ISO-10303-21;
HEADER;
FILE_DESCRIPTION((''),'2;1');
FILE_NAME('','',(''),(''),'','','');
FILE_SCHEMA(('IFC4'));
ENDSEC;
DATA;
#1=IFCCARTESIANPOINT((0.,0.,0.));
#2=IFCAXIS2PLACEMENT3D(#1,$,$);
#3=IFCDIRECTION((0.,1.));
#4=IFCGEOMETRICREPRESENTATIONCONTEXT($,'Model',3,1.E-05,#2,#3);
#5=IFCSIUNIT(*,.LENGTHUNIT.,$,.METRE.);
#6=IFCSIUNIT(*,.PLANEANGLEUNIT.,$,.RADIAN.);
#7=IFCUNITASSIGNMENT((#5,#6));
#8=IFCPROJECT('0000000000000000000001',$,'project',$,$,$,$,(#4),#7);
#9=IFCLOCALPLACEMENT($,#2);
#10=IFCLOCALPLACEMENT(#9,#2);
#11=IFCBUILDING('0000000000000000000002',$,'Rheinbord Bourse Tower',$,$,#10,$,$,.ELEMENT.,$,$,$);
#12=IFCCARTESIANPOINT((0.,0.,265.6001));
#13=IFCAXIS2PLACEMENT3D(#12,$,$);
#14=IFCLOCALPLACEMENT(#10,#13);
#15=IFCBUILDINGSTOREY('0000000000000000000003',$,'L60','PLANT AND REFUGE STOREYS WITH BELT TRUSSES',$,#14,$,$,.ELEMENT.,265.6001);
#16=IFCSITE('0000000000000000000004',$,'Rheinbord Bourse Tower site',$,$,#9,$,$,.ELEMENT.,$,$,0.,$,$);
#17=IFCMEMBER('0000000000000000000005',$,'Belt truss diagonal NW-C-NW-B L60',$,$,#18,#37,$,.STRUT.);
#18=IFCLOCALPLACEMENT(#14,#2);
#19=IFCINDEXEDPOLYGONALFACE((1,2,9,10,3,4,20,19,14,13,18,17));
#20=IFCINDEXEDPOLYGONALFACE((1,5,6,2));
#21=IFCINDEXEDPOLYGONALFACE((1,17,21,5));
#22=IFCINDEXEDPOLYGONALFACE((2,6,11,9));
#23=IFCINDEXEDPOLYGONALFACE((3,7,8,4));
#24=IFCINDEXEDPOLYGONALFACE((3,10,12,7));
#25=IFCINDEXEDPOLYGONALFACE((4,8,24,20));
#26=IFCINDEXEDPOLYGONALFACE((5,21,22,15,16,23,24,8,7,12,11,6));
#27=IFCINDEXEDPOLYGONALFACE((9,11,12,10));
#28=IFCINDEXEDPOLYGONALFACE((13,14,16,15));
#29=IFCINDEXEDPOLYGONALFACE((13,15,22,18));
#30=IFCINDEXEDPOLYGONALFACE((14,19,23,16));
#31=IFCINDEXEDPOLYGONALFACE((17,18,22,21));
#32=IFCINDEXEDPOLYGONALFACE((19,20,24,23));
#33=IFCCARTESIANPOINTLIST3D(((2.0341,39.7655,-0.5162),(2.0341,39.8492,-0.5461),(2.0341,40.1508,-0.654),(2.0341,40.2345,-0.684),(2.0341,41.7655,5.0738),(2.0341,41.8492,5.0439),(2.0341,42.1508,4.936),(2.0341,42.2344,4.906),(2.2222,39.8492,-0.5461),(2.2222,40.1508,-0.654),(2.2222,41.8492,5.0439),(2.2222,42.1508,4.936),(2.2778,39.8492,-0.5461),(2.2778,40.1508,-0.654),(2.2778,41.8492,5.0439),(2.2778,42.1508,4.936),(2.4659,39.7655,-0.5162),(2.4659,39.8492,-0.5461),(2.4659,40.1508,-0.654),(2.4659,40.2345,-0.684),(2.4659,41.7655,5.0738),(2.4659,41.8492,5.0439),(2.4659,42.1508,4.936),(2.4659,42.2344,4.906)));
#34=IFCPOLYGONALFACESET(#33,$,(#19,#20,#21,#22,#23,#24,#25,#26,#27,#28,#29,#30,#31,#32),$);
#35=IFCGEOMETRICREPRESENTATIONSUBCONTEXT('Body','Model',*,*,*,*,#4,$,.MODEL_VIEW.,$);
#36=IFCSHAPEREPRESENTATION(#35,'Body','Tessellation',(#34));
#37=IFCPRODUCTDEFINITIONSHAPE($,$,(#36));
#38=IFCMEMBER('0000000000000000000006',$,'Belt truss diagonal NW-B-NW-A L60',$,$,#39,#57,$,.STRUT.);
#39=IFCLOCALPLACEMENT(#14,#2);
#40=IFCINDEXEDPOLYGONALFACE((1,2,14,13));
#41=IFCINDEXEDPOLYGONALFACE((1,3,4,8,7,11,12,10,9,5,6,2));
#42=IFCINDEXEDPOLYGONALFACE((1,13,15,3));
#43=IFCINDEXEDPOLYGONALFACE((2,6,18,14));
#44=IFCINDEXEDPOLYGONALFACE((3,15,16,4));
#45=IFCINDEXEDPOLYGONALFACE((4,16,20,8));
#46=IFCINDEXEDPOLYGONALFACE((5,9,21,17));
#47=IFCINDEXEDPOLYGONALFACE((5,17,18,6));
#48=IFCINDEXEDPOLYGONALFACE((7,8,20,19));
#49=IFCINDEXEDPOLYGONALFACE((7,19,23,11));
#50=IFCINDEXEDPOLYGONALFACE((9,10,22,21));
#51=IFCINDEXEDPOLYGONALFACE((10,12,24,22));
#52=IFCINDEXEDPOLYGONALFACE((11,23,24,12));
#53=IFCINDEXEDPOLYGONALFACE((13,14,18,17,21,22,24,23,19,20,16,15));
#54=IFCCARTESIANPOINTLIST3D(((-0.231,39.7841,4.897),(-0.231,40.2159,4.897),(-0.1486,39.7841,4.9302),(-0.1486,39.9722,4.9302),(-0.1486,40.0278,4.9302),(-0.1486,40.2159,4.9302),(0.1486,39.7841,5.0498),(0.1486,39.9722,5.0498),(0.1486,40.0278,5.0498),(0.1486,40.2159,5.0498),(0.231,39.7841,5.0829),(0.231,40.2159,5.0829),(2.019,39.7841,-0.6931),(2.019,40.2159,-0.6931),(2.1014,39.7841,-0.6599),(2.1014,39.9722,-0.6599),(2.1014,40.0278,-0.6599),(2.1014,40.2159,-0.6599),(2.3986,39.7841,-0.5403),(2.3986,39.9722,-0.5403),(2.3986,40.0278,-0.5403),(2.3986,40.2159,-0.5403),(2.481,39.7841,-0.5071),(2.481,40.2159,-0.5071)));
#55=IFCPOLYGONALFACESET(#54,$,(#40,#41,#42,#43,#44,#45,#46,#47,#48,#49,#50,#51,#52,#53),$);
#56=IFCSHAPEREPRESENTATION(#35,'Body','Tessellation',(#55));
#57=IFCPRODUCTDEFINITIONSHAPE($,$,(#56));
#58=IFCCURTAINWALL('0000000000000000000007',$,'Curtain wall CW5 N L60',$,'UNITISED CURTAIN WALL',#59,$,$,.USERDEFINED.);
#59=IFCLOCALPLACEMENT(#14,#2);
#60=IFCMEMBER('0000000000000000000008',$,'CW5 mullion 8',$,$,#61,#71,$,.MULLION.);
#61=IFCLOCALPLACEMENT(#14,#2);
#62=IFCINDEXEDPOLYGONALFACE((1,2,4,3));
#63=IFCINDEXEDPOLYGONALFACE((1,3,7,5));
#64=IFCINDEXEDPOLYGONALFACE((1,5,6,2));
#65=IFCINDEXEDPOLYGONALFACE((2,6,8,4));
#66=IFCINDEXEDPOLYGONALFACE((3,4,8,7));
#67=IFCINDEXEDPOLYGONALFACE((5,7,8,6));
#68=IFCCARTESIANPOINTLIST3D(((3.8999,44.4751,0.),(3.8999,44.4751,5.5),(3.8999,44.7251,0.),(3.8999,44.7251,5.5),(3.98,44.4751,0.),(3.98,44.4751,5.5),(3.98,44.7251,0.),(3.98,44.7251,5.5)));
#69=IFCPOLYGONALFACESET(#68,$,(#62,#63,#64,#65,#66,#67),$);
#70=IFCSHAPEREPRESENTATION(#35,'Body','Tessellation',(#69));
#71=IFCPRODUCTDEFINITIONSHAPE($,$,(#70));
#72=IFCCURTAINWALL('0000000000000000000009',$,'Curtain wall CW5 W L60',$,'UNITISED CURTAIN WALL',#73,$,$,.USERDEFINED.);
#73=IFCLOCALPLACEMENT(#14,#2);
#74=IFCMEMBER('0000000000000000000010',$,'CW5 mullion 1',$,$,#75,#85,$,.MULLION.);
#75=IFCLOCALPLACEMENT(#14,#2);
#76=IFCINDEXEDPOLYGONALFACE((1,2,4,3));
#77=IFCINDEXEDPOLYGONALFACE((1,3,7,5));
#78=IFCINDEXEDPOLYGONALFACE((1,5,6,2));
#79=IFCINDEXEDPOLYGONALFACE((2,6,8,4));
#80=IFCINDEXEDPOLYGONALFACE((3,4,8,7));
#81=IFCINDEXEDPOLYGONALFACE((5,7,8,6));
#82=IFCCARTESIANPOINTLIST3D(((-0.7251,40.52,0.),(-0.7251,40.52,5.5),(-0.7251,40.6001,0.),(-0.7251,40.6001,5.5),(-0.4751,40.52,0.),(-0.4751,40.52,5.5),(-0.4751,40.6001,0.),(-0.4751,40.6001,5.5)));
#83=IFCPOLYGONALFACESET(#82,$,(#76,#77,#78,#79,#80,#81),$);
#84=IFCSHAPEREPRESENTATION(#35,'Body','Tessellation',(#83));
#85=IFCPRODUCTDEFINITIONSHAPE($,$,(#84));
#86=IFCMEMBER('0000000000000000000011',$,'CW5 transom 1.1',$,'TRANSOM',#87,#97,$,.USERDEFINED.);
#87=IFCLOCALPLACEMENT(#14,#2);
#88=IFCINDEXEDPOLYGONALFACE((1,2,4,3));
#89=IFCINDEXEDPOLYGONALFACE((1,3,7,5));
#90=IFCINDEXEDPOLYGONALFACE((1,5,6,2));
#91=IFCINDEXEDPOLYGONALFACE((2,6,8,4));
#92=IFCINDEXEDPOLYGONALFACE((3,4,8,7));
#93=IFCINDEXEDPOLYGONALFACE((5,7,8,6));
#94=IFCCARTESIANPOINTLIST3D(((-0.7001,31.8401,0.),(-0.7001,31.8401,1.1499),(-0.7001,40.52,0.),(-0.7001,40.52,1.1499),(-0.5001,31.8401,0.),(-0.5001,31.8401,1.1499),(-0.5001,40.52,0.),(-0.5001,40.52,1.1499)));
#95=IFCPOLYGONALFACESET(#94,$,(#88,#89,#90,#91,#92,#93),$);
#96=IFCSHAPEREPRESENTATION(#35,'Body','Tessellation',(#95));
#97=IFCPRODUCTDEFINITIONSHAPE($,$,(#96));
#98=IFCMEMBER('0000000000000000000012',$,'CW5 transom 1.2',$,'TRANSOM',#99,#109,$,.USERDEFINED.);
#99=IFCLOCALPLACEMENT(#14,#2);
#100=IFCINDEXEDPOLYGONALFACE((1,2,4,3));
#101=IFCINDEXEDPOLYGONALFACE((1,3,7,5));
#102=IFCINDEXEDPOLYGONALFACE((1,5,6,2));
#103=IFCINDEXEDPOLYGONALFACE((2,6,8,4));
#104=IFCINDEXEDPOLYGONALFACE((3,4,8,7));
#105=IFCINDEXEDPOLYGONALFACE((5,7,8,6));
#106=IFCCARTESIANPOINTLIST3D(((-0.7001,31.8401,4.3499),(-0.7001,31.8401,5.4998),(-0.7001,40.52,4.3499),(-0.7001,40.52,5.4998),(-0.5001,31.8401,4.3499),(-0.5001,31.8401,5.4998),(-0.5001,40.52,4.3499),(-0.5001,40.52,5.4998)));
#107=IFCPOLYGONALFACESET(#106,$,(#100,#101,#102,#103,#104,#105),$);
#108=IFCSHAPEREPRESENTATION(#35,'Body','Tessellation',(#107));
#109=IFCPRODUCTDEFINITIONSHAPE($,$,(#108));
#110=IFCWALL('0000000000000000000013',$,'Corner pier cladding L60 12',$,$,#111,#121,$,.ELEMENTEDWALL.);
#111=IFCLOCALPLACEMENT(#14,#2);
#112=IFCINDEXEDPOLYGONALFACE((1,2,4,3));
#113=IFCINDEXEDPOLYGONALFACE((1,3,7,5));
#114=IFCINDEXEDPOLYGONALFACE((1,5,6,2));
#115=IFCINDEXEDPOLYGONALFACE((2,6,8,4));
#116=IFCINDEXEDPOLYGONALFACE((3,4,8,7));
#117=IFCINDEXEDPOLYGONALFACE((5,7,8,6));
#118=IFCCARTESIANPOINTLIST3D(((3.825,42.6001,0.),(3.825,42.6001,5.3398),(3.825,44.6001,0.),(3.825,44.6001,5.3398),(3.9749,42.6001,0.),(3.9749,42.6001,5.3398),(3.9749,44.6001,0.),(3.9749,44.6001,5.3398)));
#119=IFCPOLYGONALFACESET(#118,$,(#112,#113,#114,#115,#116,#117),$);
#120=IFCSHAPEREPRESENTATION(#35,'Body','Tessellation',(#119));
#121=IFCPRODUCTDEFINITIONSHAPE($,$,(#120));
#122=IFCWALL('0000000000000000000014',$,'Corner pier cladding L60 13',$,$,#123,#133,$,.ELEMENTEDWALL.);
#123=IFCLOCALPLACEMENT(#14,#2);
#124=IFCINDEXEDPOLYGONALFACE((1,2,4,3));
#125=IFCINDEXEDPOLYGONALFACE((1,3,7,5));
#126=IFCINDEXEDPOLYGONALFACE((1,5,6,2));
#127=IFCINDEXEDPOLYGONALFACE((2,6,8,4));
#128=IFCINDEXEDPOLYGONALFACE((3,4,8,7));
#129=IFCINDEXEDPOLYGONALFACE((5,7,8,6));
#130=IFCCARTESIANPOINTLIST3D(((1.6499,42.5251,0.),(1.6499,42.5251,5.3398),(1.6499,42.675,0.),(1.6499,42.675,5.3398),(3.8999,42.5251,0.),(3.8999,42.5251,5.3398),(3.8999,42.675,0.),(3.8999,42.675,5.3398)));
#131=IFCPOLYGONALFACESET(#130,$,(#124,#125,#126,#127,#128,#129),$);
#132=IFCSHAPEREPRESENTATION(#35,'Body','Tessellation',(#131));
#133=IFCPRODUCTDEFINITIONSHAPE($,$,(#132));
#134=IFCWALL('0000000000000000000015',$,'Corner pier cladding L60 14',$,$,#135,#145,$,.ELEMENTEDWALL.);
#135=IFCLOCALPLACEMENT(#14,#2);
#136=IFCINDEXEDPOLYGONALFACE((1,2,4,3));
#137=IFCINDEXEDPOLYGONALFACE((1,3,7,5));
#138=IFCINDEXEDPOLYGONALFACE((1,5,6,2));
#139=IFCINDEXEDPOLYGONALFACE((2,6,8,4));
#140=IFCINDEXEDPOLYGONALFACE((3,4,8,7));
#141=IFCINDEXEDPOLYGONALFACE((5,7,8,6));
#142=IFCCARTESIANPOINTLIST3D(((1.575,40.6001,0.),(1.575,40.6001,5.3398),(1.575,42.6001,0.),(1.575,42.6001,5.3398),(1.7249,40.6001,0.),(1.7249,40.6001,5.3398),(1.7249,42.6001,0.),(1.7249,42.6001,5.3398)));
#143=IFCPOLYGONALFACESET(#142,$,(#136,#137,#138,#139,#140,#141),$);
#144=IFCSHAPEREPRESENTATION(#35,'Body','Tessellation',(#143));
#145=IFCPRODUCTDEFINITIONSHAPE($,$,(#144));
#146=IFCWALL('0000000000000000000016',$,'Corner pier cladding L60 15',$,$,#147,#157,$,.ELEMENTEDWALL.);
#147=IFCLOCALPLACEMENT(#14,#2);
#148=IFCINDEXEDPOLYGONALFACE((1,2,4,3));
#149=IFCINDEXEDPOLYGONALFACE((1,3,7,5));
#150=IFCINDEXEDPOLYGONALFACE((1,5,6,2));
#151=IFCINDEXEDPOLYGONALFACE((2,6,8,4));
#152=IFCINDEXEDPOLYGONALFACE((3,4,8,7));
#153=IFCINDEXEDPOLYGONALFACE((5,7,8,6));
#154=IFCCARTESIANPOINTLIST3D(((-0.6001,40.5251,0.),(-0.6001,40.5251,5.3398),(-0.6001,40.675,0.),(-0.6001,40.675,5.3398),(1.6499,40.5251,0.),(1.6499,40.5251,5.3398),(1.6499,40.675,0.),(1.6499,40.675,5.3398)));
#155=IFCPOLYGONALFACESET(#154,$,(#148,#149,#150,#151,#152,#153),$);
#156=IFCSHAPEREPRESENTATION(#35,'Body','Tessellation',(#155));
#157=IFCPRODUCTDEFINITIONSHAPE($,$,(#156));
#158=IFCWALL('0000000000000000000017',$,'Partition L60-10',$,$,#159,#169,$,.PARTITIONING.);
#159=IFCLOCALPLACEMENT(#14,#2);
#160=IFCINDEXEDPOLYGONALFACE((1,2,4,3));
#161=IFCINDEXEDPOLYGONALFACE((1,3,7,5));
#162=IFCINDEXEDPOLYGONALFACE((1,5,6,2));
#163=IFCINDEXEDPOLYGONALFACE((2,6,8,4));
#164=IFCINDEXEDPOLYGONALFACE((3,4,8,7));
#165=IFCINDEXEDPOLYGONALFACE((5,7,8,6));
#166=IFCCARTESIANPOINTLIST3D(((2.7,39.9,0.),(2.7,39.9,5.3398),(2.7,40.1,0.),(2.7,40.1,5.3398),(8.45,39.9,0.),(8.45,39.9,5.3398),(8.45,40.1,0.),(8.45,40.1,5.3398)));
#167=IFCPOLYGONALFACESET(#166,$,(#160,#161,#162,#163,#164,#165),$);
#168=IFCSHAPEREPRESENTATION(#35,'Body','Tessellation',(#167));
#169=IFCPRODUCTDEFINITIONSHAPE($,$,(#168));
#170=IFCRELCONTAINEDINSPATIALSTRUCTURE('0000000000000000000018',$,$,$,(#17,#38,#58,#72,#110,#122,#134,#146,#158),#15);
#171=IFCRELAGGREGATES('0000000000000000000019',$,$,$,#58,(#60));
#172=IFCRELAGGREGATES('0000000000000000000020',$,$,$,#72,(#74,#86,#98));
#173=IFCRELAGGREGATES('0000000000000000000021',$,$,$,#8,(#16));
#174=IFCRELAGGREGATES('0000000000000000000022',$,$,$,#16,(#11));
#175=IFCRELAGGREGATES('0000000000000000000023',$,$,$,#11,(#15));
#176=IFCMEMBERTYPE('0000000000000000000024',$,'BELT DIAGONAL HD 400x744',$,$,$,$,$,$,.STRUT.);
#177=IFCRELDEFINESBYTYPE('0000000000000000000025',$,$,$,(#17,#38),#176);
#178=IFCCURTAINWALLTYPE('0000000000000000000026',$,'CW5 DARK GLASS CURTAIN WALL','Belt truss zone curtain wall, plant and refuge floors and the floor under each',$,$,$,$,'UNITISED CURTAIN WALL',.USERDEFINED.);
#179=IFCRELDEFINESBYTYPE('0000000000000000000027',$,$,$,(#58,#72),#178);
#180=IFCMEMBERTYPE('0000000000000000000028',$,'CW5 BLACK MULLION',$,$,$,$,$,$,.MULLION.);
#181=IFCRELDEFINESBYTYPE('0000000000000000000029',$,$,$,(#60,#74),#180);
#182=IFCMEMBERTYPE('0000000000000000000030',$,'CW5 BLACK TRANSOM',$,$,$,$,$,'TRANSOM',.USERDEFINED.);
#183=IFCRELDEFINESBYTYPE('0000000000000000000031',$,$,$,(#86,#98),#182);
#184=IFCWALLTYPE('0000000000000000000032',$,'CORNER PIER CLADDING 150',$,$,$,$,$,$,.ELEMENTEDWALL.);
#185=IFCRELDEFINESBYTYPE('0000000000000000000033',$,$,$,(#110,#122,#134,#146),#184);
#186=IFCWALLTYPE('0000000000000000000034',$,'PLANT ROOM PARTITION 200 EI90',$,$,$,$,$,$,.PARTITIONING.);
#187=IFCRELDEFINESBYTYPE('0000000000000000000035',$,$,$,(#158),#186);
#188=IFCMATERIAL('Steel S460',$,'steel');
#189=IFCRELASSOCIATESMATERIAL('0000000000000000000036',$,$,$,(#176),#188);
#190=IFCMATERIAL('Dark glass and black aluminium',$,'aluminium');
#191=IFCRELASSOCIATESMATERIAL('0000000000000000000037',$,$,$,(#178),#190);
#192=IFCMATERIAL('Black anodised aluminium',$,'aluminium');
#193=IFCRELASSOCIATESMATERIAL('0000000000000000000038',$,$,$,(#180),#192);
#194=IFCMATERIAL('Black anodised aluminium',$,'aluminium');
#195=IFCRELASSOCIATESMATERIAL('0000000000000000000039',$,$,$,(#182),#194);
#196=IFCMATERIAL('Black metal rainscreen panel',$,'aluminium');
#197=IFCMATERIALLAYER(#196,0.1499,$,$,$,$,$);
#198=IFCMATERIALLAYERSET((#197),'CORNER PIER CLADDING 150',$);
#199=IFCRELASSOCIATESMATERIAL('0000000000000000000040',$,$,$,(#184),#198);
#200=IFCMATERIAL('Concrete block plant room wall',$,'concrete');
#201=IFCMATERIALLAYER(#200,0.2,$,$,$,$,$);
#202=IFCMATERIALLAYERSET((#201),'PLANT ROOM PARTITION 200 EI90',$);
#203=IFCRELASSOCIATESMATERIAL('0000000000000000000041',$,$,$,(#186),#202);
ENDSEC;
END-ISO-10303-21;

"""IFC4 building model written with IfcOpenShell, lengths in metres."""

from ifc_helpers import new_model, si_unit, direction, frame, frame_2d, origin, origin_2d, place, context, subcontext, project, spatial, rectangle, i_section, extrude, material, layer, layer_set, material_profile, profile_set, type_object, element, aggregate, save


model = new_model("IFC4")

# Units and contexts
model_context = context("Model", 3, precision=1e-05, world=origin(), true_north=direction((0.0, 1.0)))
body_context = subcontext(model_context, "Body", "Model", "MODEL_VIEW")
ifc_project = project(units=[si_unit("LENGTHUNIT", "METRE"), si_unit("PLANEANGLEUNIT", "RADIAN")], contexts=[model_context])

# Site, building, storey
site_placement = place(None, origin())
site = spatial("IfcSite", under=ifc_project, at=site_placement, Name="Rheinbord Bourse Tower site", CompositionType="ELEMENT", RefElevation=0.0)
building_placement = place(site_placement, origin())
building = spatial("IfcBuilding", under=site, at=building_placement, Name="Rheinbord Bourse Tower", CompositionType="ELEMENT")
storey_placement = place(building_placement, frame((0.0, 0.0, 265.6001)))
storey = spatial("IfcBuildingStorey", under=building, at=storey_placement, Name="L60", Description="PLANT AND REFUGE STOREYS WITH BELT TRUSSES", CompositionType="ELEMENT", Elevation=265.6001)

# Members
ifc_material_1 = material(Name="Steel S460", Category="steel")
ifc_material_profile_1 = material_profile(ifc_material_1, i_section(OverallWidth=0.4319, OverallDepth=0.498, WebThickness=0.0557, FlangeThickness=0.0889, at=origin_2d()), Name="HD 400x744")
ifc_profile_set_1 = profile_set([ifc_material_profile_1], Name="Steel S460")
member_type_1 = type_object("IfcMemberType", Name="BELT DIAGONAL HD 400x744", PredefinedType="STRUT", material=ifc_profile_set_1)
member_1_placement = place(storey_placement, frame((2.25, 40.0, -0.6001), z_axis=(0.0, 0.336865, 0.941553), x_axis=(-1.0, 0.0, 0.0)))
element("IfcMember", 1, at=member_1_placement, inside=storey, type_object=member_type_1, Name="Belt truss diagonal NW-C-NW-B L60", PredefinedType="STRUT", context=body_context, shape_type="SweptSolid", body=[
    extrude(i_section(OverallWidth=0.4319, OverallDepth=0.498, WebThickness=0.0557, FlangeThickness=0.0889, at=origin_2d()), origin(), (0.0, 0.0, 1.0), 5.937),
])
member_2_placement = place(storey_placement, frame((2.25, 40.0, -0.6001), z_axis=(-0.373388, 0.0, 0.927675), x_axis=(0.0, -1.0, 0.0)))
element("IfcMember", 2, at=member_2_placement, inside=storey, type_object=member_type_1, Name="Belt truss diagonal NW-B-NW-A L60", PredefinedType="STRUT", context=body_context, shape_type="SweptSolid", body=[
    extrude(i_section(OverallWidth=0.4319, OverallDepth=0.498, WebThickness=0.0557, FlangeThickness=0.0889, at=origin_2d()), origin(), (0.0, 0.0, 1.0), 6.0259),
])

# Curtain wall, member
ifc_material_2 = material(Name="Dark glass and black aluminium", Category="aluminium")
curtain_wall_type = type_object("IfcCurtainWallType", Name="CW5 DARK GLASS CURTAIN WALL", Description="Belt truss zone curtain wall, plant and refuge floors and the floor under each", ElementType="UNITISED CURTAIN WALL", PredefinedType="USERDEFINED", material=ifc_material_2)
curtain_wall_1_placement = place(storey_placement, origin())
curtain_wall_1 = element("IfcCurtainWall", 3, at=curtain_wall_1_placement, inside=storey, type_object=curtain_wall_type, Name="Curtain wall CW5 N L60", ObjectType="UNITISED CURTAIN WALL", PredefinedType="USERDEFINED")
ifc_material_3 = material(Name="Black anodised aluminium", Category="aluminium")
ifc_material_profile_2 = material_profile(ifc_material_3, rectangle(XDim=0.25, YDim=0.0801, at=origin_2d()), Name="CW5 MULLION 80x250")
ifc_profile_set_2 = profile_set([ifc_material_profile_2], Name="Black anodised aluminium")
member_type_2 = type_object("IfcMemberType", Name="CW5 BLACK MULLION", PredefinedType="MULLION", material=ifc_profile_set_2)
member_3_placement = place(storey_placement, frame((3.9399, 44.6001, 0.0), z_axis=(0.0, 0.0, 1.0), x_axis=(0.0, -1.0, 0.0)))
member_3 = element("IfcMember", 4, at=member_3_placement, type_object=member_type_2, Name="CW5 mullion 8", PredefinedType="MULLION", context=body_context, shape_type="SweptSolid", body=[
    extrude(rectangle(XDim=0.25, YDim=0.0801, at=origin_2d()), origin(), (0.0, 0.0, 1.0), 5.5),
])
aggregate(curtain_wall_1, [member_3])

# Curtain wall, members
curtain_wall_2_placement = place(storey_placement, origin())
curtain_wall_2 = element("IfcCurtainWall", 5, at=curtain_wall_2_placement, inside=storey, type_object=curtain_wall_type, Name="Curtain wall CW5 W L60", ObjectType="UNITISED CURTAIN WALL", PredefinedType="USERDEFINED")
member_4_placement = place(storey_placement, frame((-0.6001, 40.5601, 0.0), z_axis=(0.0, 0.0, 1.0), x_axis=(1.0, 0.0, 0.0)))
member_4 = element("IfcMember", 6, at=member_4_placement, type_object=member_type_2, Name="CW5 mullion 1", PredefinedType="MULLION", context=body_context, shape_type="SweptSolid", body=[
    extrude(rectangle(XDim=0.25, YDim=0.0801, at=origin_2d()), origin(), (0.0, 0.0, 1.0), 5.5),
])
ifc_material_4 = material(Name="Black anodised aluminium", Category="aluminium")
ifc_material_profile_3 = material_profile(ifc_material_4, rectangle(XDim=0.2, YDim=1.1499, at=origin_2d()), Name="CW5 TRANSOM 1150x200")
ifc_profile_set_3 = profile_set([ifc_material_profile_3], Name="Black anodised aluminium")
member_type_3 = type_object("IfcMemberType", Name="CW5 BLACK TRANSOM", ElementType="TRANSOM", PredefinedType="USERDEFINED", material=ifc_profile_set_3)
member_5_placement = place(storey_placement, frame((-0.6001, 40.52, 0.575), z_axis=(0.0, -1.0, 0.0), x_axis=(1.0, 0.0, 0.0)))
member_5 = element("IfcMember", 7, at=member_5_placement, type_object=member_type_3, Name="CW5 transom 1.1", ObjectType="TRANSOM", PredefinedType="USERDEFINED", context=body_context, shape_type="SweptSolid", body=[
    extrude(rectangle(XDim=0.2, YDim=1.1499, at=origin_2d()), origin(), (0.0, 0.0, 1.0), 8.6799),
])
member_6_placement = place(storey_placement, frame((-0.6001, 40.52, 4.9248), z_axis=(0.0, -1.0, 0.0), x_axis=(1.0, 0.0, 0.0)))
member_6 = element("IfcMember", 8, at=member_6_placement, type_object=member_type_3, Name="CW5 transom 1.2", ObjectType="TRANSOM", PredefinedType="USERDEFINED", context=body_context, shape_type="SweptSolid", body=[
    extrude(rectangle(XDim=0.2, YDim=1.1499, at=origin_2d()), origin(), (0.0, 0.0, 1.0), 8.6799),
])
aggregate(curtain_wall_2, [member_4, member_5, member_6])

# Walls
ifc_material_5 = material(Name="Black metal rainscreen panel", Category="aluminium")
ifc_layer_1 = layer(ifc_material_5, 0.1499)
ifc_layer_set_1 = layer_set([ifc_layer_1], Name="CORNER PIER CLADDING 150")
wall_type_1 = type_object("IfcWallType", Name="CORNER PIER CLADDING 150", PredefinedType="ELEMENTEDWALL", material=ifc_layer_set_1)
wall_1_placement = place(storey_placement, frame((3.8999, 44.6001, 0.0), z_axis=(0.0, 0.0, 1.0), x_axis=(0.0, -1.0, 0.0)))
element("IfcWall", 9, at=wall_1_placement, inside=storey, type_object=wall_type_1, Name="Corner pier cladding L60 12", PredefinedType="ELEMENTEDWALL", context=body_context, shape_type="SweptSolid", body=[
    extrude(rectangle(XDim=2.0, YDim=0.1499, at=frame_2d((1.0, 0.0))), origin(), (0.0, 0.0, 1.0), 5.3398),
])
wall_2_placement = place(storey_placement, frame((3.8999, 42.6001, 0.0), z_axis=(0.0, 0.0, 1.0), x_axis=(-1.0, 0.0, 0.0)))
element("IfcWall", 10, at=wall_2_placement, inside=storey, type_object=wall_type_1, Name="Corner pier cladding L60 13", PredefinedType="ELEMENTEDWALL", context=body_context, shape_type="SweptSolid", body=[
    extrude(rectangle(XDim=2.25, YDim=0.1499, at=frame_2d((1.125, 0.0))), origin(), (0.0, 0.0, 1.0), 5.3398),
])
wall_3_placement = place(storey_placement, frame((1.6499, 42.6001, 0.0), z_axis=(0.0, 0.0, 1.0), x_axis=(0.0, -1.0, 0.0)))
element("IfcWall", 11, at=wall_3_placement, inside=storey, type_object=wall_type_1, Name="Corner pier cladding L60 14", PredefinedType="ELEMENTEDWALL", context=body_context, shape_type="SweptSolid", body=[
    extrude(rectangle(XDim=2.0, YDim=0.1499, at=frame_2d((1.0, 0.0))), origin(), (0.0, 0.0, 1.0), 5.3398),
])
wall_4_placement = place(storey_placement, frame((1.6499, 40.6001, 0.0), z_axis=(0.0, 0.0, 1.0), x_axis=(-1.0, 0.0, 0.0)))
element("IfcWall", 12, at=wall_4_placement, inside=storey, type_object=wall_type_1, Name="Corner pier cladding L60 15", PredefinedType="ELEMENTEDWALL", context=body_context, shape_type="SweptSolid", body=[
    extrude(rectangle(XDim=2.25, YDim=0.1499, at=frame_2d((1.125, 0.0))), origin(), (0.0, 0.0, 1.0), 5.3398),
])
ifc_material_6 = material(Name="Concrete block plant room wall", Category="concrete")
ifc_layer_2 = layer(ifc_material_6, 0.2)
ifc_layer_set_2 = layer_set([ifc_layer_2], Name="PLANT ROOM PARTITION 200 EI90")
wall_type_2 = type_object("IfcWallType", Name="PLANT ROOM PARTITION 200 EI90", PredefinedType="PARTITIONING", material=ifc_layer_set_2)
wall_5_placement = place(storey_placement, frame((2.7, 40.0, 0.0), z_axis=(0.0, 0.0, 1.0), x_axis=(1.0, 0.0, 0.0)))
element("IfcWall", 13, at=wall_5_placement, inside=storey, type_object=wall_type_2, Name="Partition L60-10", PredefinedType="PARTITIONING", context=body_context, shape_type="SweptSolid", body=[
    extrude(rectangle(XDim=5.75, YDim=0.2, at=frame_2d((2.875, 0.0))), origin(), (0.0, 0.0, 1.0), 5.3398),
])

save(model, "model.ifc")
